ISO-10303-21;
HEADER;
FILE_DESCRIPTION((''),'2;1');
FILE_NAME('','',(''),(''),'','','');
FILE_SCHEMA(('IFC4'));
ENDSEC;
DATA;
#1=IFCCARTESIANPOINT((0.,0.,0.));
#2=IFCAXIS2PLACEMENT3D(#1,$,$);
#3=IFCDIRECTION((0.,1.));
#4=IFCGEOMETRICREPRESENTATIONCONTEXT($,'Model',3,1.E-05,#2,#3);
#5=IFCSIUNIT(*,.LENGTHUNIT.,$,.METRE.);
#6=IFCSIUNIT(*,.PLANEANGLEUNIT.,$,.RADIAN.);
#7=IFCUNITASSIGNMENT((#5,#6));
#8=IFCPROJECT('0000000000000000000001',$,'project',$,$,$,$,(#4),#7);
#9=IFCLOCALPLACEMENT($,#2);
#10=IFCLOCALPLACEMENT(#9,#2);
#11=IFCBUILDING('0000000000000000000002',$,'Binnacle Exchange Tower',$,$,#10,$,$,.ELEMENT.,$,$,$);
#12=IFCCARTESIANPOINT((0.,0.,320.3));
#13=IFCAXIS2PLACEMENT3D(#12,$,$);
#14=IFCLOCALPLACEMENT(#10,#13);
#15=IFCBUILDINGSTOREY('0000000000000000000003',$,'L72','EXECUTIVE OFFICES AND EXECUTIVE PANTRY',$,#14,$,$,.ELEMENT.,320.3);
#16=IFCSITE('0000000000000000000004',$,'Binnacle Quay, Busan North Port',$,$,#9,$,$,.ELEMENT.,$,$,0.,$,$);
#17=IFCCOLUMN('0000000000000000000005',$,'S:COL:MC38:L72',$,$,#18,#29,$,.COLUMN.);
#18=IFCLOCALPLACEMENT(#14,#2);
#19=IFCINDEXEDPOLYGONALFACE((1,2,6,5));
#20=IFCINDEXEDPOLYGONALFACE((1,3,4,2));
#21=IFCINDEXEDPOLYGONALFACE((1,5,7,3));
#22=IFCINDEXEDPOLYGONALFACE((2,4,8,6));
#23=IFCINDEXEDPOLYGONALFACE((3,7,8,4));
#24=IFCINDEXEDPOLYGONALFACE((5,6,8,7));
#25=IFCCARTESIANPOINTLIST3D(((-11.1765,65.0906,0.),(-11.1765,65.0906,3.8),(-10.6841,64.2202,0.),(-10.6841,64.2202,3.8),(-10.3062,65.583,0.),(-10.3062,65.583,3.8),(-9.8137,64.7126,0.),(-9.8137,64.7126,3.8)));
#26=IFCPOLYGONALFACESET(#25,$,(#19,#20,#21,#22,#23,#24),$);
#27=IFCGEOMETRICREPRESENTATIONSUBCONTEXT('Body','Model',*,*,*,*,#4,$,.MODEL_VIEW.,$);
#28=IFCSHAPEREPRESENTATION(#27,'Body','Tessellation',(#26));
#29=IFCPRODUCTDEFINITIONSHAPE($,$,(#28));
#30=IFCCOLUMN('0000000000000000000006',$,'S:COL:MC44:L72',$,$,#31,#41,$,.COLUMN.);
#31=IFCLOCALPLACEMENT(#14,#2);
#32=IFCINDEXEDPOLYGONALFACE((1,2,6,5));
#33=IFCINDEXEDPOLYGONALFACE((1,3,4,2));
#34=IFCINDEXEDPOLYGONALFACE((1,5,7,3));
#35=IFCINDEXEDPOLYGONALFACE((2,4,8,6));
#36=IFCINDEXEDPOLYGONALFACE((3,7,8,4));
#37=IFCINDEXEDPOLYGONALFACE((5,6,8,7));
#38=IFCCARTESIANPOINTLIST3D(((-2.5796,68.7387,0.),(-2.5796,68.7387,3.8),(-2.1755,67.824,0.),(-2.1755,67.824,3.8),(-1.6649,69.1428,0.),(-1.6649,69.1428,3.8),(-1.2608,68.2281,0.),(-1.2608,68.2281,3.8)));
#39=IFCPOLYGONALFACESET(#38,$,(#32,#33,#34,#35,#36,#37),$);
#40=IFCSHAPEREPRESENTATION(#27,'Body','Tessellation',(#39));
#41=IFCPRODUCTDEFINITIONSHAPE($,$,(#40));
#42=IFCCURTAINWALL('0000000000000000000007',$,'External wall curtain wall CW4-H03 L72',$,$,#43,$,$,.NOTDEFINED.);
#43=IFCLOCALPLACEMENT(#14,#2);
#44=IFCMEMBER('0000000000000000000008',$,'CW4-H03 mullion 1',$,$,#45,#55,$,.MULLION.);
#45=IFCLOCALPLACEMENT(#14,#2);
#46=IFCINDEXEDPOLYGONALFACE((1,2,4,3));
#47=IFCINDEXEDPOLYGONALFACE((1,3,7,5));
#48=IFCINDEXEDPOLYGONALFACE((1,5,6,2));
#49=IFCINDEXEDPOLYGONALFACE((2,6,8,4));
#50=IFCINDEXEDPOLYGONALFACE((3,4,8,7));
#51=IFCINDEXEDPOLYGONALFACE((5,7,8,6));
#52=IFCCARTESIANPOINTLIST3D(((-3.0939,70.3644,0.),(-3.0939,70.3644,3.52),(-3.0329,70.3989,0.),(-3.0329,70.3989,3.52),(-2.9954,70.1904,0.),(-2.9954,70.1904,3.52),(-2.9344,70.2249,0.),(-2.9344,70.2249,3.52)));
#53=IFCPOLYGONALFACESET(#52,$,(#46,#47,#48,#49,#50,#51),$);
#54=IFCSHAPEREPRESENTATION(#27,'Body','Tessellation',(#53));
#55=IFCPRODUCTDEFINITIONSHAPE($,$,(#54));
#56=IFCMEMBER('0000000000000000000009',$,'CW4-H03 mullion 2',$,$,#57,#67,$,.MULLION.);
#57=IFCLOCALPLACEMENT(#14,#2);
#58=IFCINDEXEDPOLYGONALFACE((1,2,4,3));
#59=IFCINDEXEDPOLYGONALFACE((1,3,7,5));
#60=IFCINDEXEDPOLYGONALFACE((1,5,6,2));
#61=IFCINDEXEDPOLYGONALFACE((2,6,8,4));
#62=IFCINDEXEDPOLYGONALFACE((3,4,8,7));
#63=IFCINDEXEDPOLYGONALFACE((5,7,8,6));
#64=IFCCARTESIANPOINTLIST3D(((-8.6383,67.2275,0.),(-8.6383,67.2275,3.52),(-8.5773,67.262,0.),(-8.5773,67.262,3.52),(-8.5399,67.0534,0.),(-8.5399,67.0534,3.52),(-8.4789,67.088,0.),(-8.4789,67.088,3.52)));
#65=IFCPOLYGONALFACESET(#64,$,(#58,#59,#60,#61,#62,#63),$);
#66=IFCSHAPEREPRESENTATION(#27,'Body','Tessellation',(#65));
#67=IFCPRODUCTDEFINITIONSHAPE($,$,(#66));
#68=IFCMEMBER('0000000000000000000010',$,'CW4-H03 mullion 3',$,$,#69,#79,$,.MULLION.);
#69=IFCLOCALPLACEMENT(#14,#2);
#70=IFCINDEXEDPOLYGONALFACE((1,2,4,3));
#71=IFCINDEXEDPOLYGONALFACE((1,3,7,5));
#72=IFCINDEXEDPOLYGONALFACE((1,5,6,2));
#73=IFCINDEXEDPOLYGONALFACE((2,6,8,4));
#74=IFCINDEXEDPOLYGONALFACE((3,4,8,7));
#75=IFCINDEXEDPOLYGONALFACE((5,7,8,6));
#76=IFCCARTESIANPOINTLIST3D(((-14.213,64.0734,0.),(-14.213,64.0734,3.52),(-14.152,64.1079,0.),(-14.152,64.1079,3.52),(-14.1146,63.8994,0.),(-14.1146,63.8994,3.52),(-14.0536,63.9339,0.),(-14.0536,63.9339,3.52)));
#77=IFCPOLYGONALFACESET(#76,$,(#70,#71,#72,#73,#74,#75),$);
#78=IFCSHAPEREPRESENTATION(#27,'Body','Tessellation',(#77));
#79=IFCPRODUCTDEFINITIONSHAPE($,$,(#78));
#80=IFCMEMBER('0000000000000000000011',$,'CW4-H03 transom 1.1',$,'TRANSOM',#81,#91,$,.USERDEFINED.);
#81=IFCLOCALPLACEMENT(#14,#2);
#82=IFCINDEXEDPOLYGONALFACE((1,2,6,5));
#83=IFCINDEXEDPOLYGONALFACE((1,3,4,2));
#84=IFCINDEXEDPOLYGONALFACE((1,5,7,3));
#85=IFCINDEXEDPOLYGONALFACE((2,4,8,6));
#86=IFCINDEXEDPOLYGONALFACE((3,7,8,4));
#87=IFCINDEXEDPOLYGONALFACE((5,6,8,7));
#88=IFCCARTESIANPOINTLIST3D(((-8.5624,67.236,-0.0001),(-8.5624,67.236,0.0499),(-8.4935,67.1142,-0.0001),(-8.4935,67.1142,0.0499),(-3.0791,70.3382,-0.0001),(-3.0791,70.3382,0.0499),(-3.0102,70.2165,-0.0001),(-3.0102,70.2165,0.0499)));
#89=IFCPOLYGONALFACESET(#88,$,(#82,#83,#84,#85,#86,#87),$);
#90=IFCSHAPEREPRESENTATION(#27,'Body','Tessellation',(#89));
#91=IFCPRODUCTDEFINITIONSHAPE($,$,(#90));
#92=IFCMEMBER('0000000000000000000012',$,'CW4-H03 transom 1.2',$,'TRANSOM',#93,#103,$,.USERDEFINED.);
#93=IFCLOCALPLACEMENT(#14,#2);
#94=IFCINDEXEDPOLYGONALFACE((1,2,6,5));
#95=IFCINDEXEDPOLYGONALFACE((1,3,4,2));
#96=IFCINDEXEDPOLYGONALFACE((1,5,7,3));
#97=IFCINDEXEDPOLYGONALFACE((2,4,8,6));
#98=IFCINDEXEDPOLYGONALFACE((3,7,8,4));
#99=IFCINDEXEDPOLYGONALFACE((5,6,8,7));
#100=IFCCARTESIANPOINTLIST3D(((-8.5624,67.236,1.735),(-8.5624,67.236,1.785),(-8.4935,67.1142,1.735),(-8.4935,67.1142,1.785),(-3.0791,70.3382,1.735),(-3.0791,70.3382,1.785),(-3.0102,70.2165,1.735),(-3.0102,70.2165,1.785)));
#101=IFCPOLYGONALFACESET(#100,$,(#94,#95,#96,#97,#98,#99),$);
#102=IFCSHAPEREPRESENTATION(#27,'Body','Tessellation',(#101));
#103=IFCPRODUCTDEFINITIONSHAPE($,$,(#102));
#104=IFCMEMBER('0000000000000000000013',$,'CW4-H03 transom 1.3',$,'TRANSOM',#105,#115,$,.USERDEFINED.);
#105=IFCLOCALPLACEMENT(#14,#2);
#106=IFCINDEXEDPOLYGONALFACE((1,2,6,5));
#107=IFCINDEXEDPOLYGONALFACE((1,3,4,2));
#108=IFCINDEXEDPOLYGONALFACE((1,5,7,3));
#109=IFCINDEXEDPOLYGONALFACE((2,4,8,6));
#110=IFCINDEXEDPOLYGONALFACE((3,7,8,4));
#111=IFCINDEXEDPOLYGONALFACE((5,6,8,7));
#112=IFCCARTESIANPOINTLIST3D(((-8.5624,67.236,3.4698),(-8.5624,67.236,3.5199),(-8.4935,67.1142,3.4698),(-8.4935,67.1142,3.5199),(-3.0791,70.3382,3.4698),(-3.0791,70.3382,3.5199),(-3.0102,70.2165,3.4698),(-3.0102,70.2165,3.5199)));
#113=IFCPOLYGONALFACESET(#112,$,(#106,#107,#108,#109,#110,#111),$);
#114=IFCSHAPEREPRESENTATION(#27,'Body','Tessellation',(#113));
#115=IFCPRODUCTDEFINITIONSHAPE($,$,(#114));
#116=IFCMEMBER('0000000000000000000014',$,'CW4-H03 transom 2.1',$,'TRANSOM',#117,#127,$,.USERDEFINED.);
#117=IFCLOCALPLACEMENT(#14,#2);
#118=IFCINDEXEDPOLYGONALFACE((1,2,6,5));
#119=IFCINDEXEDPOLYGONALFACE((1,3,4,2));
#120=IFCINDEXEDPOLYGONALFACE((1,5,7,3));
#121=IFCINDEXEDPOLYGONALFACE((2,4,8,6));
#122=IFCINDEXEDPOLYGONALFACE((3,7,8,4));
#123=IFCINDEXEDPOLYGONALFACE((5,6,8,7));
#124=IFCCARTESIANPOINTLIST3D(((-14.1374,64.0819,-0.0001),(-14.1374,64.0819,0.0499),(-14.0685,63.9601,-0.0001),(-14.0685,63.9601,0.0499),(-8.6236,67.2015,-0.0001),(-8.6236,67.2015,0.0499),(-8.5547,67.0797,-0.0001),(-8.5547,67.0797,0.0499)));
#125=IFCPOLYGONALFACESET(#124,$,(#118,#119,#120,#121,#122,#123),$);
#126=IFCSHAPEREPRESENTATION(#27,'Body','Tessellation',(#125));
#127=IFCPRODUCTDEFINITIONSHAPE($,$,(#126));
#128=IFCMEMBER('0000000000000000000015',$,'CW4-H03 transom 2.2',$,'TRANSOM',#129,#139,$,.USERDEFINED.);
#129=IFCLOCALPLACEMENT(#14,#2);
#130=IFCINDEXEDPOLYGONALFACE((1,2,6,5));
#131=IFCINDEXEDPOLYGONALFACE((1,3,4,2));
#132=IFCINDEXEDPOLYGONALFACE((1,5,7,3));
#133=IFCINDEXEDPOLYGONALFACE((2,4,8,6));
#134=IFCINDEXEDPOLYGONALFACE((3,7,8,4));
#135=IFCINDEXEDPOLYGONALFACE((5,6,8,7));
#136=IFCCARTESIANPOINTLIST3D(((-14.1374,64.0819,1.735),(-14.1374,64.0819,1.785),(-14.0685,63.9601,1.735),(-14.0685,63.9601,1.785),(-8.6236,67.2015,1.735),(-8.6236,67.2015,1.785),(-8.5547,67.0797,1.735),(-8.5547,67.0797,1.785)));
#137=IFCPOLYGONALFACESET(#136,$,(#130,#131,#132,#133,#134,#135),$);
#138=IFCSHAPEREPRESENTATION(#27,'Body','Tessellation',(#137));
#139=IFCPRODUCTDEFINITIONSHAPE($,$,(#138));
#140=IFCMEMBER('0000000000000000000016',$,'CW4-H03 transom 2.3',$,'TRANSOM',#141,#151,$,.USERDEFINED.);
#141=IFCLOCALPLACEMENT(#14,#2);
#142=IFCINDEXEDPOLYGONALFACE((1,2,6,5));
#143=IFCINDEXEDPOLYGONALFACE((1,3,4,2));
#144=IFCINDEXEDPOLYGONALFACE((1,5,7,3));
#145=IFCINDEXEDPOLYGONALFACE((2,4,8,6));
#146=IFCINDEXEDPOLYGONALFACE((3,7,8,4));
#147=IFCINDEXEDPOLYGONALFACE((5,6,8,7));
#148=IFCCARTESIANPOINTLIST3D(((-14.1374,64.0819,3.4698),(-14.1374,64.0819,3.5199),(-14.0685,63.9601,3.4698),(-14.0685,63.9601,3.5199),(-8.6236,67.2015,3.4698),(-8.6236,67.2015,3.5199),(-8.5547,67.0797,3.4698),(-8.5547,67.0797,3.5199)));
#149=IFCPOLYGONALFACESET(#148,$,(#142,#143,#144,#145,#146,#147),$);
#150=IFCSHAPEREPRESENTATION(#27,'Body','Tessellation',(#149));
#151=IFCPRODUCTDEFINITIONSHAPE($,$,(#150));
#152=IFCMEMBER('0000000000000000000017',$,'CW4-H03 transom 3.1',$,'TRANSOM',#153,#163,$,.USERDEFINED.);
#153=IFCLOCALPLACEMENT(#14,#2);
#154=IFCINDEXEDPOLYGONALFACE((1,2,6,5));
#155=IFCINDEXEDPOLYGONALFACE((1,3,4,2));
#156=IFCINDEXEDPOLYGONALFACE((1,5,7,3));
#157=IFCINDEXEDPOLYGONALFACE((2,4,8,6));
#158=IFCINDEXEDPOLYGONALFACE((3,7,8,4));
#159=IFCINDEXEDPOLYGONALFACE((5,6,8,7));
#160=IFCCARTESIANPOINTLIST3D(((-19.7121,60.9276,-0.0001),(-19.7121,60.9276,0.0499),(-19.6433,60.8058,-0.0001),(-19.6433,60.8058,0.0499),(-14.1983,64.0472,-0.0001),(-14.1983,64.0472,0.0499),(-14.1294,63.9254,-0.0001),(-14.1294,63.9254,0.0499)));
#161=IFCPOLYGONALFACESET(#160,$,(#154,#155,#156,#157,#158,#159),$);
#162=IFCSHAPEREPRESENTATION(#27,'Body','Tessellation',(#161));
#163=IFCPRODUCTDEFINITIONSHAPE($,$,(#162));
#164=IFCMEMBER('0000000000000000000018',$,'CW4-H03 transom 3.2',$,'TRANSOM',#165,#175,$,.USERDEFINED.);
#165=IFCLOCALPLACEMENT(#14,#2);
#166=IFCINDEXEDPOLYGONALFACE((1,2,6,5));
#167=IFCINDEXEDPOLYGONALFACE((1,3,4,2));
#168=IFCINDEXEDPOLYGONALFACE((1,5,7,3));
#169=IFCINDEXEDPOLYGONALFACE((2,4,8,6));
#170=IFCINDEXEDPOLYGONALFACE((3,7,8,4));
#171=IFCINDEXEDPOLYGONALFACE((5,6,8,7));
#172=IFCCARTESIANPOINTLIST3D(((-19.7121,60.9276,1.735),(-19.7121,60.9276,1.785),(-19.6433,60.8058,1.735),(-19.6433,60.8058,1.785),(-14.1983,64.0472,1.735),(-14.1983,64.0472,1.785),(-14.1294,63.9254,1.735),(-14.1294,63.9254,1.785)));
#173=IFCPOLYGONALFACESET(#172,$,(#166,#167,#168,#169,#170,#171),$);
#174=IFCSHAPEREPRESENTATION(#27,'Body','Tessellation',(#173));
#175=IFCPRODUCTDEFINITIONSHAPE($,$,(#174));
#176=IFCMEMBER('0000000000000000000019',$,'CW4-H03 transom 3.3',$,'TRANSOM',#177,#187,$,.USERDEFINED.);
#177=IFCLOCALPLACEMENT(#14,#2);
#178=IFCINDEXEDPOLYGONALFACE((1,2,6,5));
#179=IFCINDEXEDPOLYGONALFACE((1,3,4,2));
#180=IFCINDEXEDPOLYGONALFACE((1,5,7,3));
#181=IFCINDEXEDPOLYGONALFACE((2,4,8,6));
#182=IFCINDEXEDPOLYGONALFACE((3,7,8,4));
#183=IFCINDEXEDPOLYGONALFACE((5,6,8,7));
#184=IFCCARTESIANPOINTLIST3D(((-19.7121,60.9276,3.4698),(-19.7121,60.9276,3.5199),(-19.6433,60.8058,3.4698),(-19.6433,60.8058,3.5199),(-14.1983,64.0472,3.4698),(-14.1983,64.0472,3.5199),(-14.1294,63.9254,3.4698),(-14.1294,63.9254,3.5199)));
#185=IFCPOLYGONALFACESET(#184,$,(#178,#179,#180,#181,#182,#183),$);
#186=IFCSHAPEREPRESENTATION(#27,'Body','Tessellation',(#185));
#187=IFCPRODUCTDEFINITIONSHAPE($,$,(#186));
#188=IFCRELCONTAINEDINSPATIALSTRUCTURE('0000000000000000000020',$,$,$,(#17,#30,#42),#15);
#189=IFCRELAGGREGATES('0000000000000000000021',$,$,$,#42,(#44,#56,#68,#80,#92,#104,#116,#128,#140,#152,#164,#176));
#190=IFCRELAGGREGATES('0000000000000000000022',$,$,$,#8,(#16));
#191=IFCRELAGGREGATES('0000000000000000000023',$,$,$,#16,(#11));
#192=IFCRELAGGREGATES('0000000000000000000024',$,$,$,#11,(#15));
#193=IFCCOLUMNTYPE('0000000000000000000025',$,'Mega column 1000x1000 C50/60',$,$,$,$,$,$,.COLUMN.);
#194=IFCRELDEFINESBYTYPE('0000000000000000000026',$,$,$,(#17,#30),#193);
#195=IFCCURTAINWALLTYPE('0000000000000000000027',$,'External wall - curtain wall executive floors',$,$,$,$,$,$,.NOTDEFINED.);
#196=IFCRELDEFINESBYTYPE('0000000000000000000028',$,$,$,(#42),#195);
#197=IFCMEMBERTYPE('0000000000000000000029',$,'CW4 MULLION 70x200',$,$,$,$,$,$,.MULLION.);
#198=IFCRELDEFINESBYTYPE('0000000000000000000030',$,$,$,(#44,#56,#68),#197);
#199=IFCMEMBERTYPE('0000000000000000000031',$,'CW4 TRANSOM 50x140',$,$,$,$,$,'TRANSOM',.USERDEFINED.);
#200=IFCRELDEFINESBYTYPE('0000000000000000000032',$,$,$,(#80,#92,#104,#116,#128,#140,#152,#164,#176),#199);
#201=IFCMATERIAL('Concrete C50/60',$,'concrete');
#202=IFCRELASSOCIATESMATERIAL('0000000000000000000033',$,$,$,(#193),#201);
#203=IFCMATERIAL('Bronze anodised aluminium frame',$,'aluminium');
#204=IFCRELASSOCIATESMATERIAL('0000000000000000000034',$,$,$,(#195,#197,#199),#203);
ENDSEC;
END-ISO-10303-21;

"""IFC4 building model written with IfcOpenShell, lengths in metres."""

from ifc_helpers import new_model, si_unit, direction, frame, origin, origin_2d, place, context, subcontext, project, spatial, rectangle, extrude, material, material_profile, profile_set, type_object, element, aggregate, save


model = new_model("IFC4")

# Units and contexts
model_context = context("Model", 3, precision=1e-05, world=origin(), true_north=direction((0.0, 1.0)))
body_context = subcontext(model_context, "Body", "Model", "MODEL_VIEW")
ifc_project = project(units=[si_unit("LENGTHUNIT", "METRE"), si_unit("PLANEANGLEUNIT", "RADIAN")], contexts=[model_context])

# Site, building, storey
site_placement = place(None, origin())
site = spatial("IfcSite", under=ifc_project, at=site_placement, Name="Binnacle Quay, Busan North Port", CompositionType="ELEMENT", RefElevation=0.0)
building_placement = place(site_placement, origin())
building = spatial("IfcBuilding", under=site, at=building_placement, Name="Binnacle Exchange Tower", CompositionType="ELEMENT")
storey_placement = place(building_placement, frame((0.0, 0.0, 320.3)))
storey = spatial("IfcBuildingStorey", under=building, at=storey_placement, Name="L72", Description="EXECUTIVE OFFICES AND EXECUTIVE PANTRY", CompositionType="ELEMENT", Elevation=320.3)

# Columns
ifc_material_1 = material(Name="Concrete C50/60", Category="concrete")
ifc_material_profile_1 = material_profile(ifc_material_1, rectangle(XDim=1.0, YDim=1.0, at=origin_2d()), Name="Mega column 1000x1000 C50/60")
ifc_profile_set_1 = profile_set([ifc_material_profile_1], Name="Concrete C50/60")
column_type = type_object("IfcColumnType", Name="Mega column 1000x1000 C50/60", PredefinedType="COLUMN", material=ifc_profile_set_1)
for number, where, z_axis, x_axis, name in (
    (1, (-10.4951, 64.9016, 0.0), (0.0, 0.0, 1.0), (-0.870356, -0.492424, 0.0), "S:COL:MC38:L72"),
    (2, (-1.9202, 68.4834, 0.0), (0.0, 0.0, 1.0), (-0.914713, -0.404104, 0.0), "S:COL:MC44:L72"),
):
    element("IfcColumn", number, at=place(storey_placement, frame(where, z_axis=z_axis, x_axis=x_axis)), inside=storey, type_object=column_type, Name=name, PredefinedType="COLUMN", context=body_context, shape_type="SweptSolid", body=[
        extrude(rectangle(XDim=1.0, YDim=1.0, at=origin_2d()), origin(), (0.0, 0.0, 1.0), 3.8),
    ])

# Curtain wall, members
ifc_material_2 = material(Name="Bronze anodised aluminium frame", Category="aluminium")
curtain_wall_type = type_object("IfcCurtainWallType", Name="External wall - curtain wall executive floors", PredefinedType="NOTDEFINED", material=ifc_material_2)
curtain_wall_placement = place(storey_placement, origin())
curtain_wall = element("IfcCurtainWall", 3, at=curtain_wall_placement, inside=storey, type_object=curtain_wall_type, Name="External wall curtain wall CW4-H03 L72", PredefinedType="NOTDEFINED")
ifc_material_profile_2 = material_profile(ifc_material_2, rectangle(XDim=0.2, YDim=0.0701, at=origin_2d()), Name="AL 70x200")
ifc_profile_set_2 = profile_set([ifc_material_profile_2], Name="Bronze anodised aluminium frame")
member_type_1 = type_object("IfcMemberType", Name="CW4 MULLION 70x200", PredefinedType="MULLION", material=ifc_profile_set_2)
member_1_placement = place(storey_placement, frame((-3.0142, 70.2947, 0.0), z_axis=(0.0, 0.0, 1.0), x_axis=(0.492424, -0.870356, 0.0)))
member_1 = element("IfcMember", 4, at=member_1_placement, type_object=member_type_1, Name="CW4-H03 mullion 1", PredefinedType="MULLION", context=body_context, shape_type="SweptSolid", body=[
    extrude(rectangle(XDim=0.2, YDim=0.0701, at=origin_2d()), origin(), (0.0, 0.0, 1.0), 3.52),
])
member_2_placement = place(storey_placement, frame((-8.5586, 67.1577, 0.0), z_axis=(0.0, 0.0, 1.0), x_axis=(0.492424, -0.870356, 0.0)))
member_2 = element("IfcMember", 5, at=member_2_placement, type_object=member_type_1, Name="CW4-H03 mullion 2", PredefinedType="MULLION", context=body_context, shape_type="SweptSolid", body=[
    extrude(rectangle(XDim=0.2, YDim=0.0701, at=origin_2d()), origin(), (0.0, 0.0, 1.0), 3.52),
])
member_3_placement = place(storey_placement, frame((-14.1333, 64.0037, 0.0), z_axis=(0.0, 0.0, 1.0), x_axis=(0.492424, -0.870356, 0.0)))
member_3 = element("IfcMember", 6, at=member_3_placement, type_object=member_type_1, Name="CW4-H03 mullion 3", PredefinedType="MULLION", context=body_context, shape_type="SweptSolid", body=[
    extrude(rectangle(XDim=0.2, YDim=0.0701, at=origin_2d()), origin(), (0.0, 0.0, 1.0), 3.52),
])
ifc_material_profile_3 = material_profile(ifc_material_2, rectangle(XDim=0.1399, YDim=0.05, at=origin_2d()), Name="AL 140x50")
ifc_profile_set_3 = profile_set([ifc_material_profile_3], Name="Bronze anodised aluminium frame")
member_type_2 = type_object("IfcMemberType", Name="CW4 TRANSOM 50x140", ElementType="TRANSOM", PredefinedType="USERDEFINED", material=ifc_profile_set_3)
member_4_placement = place(storey_placement, frame((-3.0447, 70.2773, 0.0249), z_axis=(-0.87036, -0.492416, 0.0), x_axis=(0.492416, -0.87036, 0.0)))
member_4 = element("IfcMember", 7, at=member_4_placement, type_object=member_type_2, Name="CW4-H03 transom 1.1", ObjectType="TRANSOM", PredefinedType="USERDEFINED", context=body_context, shape_type="SweptSolid", body=[
    extrude(rectangle(XDim=0.1399, YDim=0.05, at=origin_2d()), origin(), (0.0, 0.0, 1.0), 6.3),
])
member_5_placement = place(storey_placement, frame((-3.0447, 70.2773, 1.76), z_axis=(-0.87036, -0.492416, 0.0), x_axis=(0.492416, -0.87036, 0.0)))
member_5 = element("IfcMember", 8, at=member_5_placement, type_object=member_type_2, Name="CW4-H03 transom 1.2", ObjectType="TRANSOM", PredefinedType="USERDEFINED", context=body_context, shape_type="SweptSolid", body=[
    extrude(rectangle(XDim=0.1399, YDim=0.05, at=origin_2d()), origin(), (0.0, 0.0, 1.0), 6.3),
])
member_6_placement = place(storey_placement, frame((-3.0447, 70.2773, 3.4949), z_axis=(-0.87036, -0.492416, 0.0), x_axis=(0.492416, -0.87036, 0.0)))
member_6 = element("IfcMember", 9, at=member_6_placement, type_object=member_type_2, Name="CW4-H03 transom 1.3", ObjectType="TRANSOM", PredefinedType="USERDEFINED", context=body_context, shape_type="SweptSolid", body=[
    extrude(rectangle(XDim=0.1399, YDim=0.05, at=origin_2d()), origin(), (0.0, 0.0, 1.0), 6.3),
])
member_7_placement = place(storey_placement, frame((-8.5891, 67.1406, 0.0249), z_axis=(-0.870355, -0.492424, 0.0), x_axis=(0.492424, -0.870355, 0.0)))
member_7 = element("IfcMember", 10, at=member_7_placement, type_object=member_type_2, Name="CW4-H03 transom 2.1", ObjectType="TRANSOM", PredefinedType="USERDEFINED", context=body_context, shape_type="SweptSolid", body=[
    extrude(rectangle(XDim=0.1399, YDim=0.05, at=origin_2d()), origin(), (0.0, 0.0, 1.0), 6.3352),
])
member_8_placement = place(storey_placement, frame((-8.5891, 67.1406, 1.76), z_axis=(-0.870355, -0.492424, 0.0), x_axis=(0.492424, -0.870355, 0.0)))
member_8 = element("IfcMember", 11, at=member_8_placement, type_object=member_type_2, Name="CW4-H03 transom 2.2", ObjectType="TRANSOM", PredefinedType="USERDEFINED", context=body_context, shape_type="SweptSolid", body=[
    extrude(rectangle(XDim=0.1399, YDim=0.05, at=origin_2d()), origin(), (0.0, 0.0, 1.0), 6.3352),
])
member_9_placement = place(storey_placement, frame((-8.5891, 67.1406, 3.4949), z_axis=(-0.870355, -0.492424, 0.0), x_axis=(0.492424, -0.870355, 0.0)))
member_9 = element("IfcMember", 12, at=member_9_placement, type_object=member_type_2, Name="CW4-H03 transom 2.3", ObjectType="TRANSOM", PredefinedType="USERDEFINED", context=body_context, shape_type="SweptSolid", body=[
    extrude(rectangle(XDim=0.1399, YDim=0.05, at=origin_2d()), origin(), (0.0, 0.0, 1.0), 6.3352),
])
member_10_placement = place(storey_placement, frame((-14.1638, 63.9863, 0.0249), z_axis=(-0.870355, -0.492424, 0.0), x_axis=(0.492424, -0.870355, 0.0)))
member_10 = element("IfcMember", 13, at=member_10_placement, type_object=member_type_2, Name="CW4-H03 transom 3.1", ObjectType="TRANSOM", PredefinedType="USERDEFINED", context=body_context, shape_type="SweptSolid", body=[
    extrude(rectangle(XDim=0.1399, YDim=0.05, at=origin_2d()), origin(), (0.0, 0.0, 1.0), 6.3352),
])
member_11_placement = place(storey_placement, frame((-14.1638, 63.9863, 1.76), z_axis=(-0.870355, -0.492424, 0.0), x_axis=(0.492424, -0.870355, 0.0)))
member_11 = element("IfcMember", 14, at=member_11_placement, type_object=member_type_2, Name="CW4-H03 transom 3.2", ObjectType="TRANSOM", PredefinedType="USERDEFINED", context=body_context, shape_type="SweptSolid", body=[
    extrude(rectangle(XDim=0.1399, YDim=0.05, at=origin_2d()), origin(), (0.0, 0.0, 1.0), 6.3352),
])
member_12_placement = place(storey_placement, frame((-14.1638, 63.9863, 3.4949), z_axis=(-0.870355, -0.492424, 0.0), x_axis=(0.492424, -0.870355, 0.0)))
member_12 = element("IfcMember", 15, at=member_12_placement, type_object=member_type_2, Name="CW4-H03 transom 3.3", ObjectType="TRANSOM", PredefinedType="USERDEFINED", context=body_context, shape_type="SweptSolid", body=[
    extrude(rectangle(XDim=0.1399, YDim=0.05, at=origin_2d()), origin(), (0.0, 0.0, 1.0), 6.3352),
])

aggregate(curtain_wall, [member_1, member_2, member_3, member_4, member_5, member_6, member_7, member_8, member_9, member_10, member_11, member_12])

save(model, "model.ifc")
